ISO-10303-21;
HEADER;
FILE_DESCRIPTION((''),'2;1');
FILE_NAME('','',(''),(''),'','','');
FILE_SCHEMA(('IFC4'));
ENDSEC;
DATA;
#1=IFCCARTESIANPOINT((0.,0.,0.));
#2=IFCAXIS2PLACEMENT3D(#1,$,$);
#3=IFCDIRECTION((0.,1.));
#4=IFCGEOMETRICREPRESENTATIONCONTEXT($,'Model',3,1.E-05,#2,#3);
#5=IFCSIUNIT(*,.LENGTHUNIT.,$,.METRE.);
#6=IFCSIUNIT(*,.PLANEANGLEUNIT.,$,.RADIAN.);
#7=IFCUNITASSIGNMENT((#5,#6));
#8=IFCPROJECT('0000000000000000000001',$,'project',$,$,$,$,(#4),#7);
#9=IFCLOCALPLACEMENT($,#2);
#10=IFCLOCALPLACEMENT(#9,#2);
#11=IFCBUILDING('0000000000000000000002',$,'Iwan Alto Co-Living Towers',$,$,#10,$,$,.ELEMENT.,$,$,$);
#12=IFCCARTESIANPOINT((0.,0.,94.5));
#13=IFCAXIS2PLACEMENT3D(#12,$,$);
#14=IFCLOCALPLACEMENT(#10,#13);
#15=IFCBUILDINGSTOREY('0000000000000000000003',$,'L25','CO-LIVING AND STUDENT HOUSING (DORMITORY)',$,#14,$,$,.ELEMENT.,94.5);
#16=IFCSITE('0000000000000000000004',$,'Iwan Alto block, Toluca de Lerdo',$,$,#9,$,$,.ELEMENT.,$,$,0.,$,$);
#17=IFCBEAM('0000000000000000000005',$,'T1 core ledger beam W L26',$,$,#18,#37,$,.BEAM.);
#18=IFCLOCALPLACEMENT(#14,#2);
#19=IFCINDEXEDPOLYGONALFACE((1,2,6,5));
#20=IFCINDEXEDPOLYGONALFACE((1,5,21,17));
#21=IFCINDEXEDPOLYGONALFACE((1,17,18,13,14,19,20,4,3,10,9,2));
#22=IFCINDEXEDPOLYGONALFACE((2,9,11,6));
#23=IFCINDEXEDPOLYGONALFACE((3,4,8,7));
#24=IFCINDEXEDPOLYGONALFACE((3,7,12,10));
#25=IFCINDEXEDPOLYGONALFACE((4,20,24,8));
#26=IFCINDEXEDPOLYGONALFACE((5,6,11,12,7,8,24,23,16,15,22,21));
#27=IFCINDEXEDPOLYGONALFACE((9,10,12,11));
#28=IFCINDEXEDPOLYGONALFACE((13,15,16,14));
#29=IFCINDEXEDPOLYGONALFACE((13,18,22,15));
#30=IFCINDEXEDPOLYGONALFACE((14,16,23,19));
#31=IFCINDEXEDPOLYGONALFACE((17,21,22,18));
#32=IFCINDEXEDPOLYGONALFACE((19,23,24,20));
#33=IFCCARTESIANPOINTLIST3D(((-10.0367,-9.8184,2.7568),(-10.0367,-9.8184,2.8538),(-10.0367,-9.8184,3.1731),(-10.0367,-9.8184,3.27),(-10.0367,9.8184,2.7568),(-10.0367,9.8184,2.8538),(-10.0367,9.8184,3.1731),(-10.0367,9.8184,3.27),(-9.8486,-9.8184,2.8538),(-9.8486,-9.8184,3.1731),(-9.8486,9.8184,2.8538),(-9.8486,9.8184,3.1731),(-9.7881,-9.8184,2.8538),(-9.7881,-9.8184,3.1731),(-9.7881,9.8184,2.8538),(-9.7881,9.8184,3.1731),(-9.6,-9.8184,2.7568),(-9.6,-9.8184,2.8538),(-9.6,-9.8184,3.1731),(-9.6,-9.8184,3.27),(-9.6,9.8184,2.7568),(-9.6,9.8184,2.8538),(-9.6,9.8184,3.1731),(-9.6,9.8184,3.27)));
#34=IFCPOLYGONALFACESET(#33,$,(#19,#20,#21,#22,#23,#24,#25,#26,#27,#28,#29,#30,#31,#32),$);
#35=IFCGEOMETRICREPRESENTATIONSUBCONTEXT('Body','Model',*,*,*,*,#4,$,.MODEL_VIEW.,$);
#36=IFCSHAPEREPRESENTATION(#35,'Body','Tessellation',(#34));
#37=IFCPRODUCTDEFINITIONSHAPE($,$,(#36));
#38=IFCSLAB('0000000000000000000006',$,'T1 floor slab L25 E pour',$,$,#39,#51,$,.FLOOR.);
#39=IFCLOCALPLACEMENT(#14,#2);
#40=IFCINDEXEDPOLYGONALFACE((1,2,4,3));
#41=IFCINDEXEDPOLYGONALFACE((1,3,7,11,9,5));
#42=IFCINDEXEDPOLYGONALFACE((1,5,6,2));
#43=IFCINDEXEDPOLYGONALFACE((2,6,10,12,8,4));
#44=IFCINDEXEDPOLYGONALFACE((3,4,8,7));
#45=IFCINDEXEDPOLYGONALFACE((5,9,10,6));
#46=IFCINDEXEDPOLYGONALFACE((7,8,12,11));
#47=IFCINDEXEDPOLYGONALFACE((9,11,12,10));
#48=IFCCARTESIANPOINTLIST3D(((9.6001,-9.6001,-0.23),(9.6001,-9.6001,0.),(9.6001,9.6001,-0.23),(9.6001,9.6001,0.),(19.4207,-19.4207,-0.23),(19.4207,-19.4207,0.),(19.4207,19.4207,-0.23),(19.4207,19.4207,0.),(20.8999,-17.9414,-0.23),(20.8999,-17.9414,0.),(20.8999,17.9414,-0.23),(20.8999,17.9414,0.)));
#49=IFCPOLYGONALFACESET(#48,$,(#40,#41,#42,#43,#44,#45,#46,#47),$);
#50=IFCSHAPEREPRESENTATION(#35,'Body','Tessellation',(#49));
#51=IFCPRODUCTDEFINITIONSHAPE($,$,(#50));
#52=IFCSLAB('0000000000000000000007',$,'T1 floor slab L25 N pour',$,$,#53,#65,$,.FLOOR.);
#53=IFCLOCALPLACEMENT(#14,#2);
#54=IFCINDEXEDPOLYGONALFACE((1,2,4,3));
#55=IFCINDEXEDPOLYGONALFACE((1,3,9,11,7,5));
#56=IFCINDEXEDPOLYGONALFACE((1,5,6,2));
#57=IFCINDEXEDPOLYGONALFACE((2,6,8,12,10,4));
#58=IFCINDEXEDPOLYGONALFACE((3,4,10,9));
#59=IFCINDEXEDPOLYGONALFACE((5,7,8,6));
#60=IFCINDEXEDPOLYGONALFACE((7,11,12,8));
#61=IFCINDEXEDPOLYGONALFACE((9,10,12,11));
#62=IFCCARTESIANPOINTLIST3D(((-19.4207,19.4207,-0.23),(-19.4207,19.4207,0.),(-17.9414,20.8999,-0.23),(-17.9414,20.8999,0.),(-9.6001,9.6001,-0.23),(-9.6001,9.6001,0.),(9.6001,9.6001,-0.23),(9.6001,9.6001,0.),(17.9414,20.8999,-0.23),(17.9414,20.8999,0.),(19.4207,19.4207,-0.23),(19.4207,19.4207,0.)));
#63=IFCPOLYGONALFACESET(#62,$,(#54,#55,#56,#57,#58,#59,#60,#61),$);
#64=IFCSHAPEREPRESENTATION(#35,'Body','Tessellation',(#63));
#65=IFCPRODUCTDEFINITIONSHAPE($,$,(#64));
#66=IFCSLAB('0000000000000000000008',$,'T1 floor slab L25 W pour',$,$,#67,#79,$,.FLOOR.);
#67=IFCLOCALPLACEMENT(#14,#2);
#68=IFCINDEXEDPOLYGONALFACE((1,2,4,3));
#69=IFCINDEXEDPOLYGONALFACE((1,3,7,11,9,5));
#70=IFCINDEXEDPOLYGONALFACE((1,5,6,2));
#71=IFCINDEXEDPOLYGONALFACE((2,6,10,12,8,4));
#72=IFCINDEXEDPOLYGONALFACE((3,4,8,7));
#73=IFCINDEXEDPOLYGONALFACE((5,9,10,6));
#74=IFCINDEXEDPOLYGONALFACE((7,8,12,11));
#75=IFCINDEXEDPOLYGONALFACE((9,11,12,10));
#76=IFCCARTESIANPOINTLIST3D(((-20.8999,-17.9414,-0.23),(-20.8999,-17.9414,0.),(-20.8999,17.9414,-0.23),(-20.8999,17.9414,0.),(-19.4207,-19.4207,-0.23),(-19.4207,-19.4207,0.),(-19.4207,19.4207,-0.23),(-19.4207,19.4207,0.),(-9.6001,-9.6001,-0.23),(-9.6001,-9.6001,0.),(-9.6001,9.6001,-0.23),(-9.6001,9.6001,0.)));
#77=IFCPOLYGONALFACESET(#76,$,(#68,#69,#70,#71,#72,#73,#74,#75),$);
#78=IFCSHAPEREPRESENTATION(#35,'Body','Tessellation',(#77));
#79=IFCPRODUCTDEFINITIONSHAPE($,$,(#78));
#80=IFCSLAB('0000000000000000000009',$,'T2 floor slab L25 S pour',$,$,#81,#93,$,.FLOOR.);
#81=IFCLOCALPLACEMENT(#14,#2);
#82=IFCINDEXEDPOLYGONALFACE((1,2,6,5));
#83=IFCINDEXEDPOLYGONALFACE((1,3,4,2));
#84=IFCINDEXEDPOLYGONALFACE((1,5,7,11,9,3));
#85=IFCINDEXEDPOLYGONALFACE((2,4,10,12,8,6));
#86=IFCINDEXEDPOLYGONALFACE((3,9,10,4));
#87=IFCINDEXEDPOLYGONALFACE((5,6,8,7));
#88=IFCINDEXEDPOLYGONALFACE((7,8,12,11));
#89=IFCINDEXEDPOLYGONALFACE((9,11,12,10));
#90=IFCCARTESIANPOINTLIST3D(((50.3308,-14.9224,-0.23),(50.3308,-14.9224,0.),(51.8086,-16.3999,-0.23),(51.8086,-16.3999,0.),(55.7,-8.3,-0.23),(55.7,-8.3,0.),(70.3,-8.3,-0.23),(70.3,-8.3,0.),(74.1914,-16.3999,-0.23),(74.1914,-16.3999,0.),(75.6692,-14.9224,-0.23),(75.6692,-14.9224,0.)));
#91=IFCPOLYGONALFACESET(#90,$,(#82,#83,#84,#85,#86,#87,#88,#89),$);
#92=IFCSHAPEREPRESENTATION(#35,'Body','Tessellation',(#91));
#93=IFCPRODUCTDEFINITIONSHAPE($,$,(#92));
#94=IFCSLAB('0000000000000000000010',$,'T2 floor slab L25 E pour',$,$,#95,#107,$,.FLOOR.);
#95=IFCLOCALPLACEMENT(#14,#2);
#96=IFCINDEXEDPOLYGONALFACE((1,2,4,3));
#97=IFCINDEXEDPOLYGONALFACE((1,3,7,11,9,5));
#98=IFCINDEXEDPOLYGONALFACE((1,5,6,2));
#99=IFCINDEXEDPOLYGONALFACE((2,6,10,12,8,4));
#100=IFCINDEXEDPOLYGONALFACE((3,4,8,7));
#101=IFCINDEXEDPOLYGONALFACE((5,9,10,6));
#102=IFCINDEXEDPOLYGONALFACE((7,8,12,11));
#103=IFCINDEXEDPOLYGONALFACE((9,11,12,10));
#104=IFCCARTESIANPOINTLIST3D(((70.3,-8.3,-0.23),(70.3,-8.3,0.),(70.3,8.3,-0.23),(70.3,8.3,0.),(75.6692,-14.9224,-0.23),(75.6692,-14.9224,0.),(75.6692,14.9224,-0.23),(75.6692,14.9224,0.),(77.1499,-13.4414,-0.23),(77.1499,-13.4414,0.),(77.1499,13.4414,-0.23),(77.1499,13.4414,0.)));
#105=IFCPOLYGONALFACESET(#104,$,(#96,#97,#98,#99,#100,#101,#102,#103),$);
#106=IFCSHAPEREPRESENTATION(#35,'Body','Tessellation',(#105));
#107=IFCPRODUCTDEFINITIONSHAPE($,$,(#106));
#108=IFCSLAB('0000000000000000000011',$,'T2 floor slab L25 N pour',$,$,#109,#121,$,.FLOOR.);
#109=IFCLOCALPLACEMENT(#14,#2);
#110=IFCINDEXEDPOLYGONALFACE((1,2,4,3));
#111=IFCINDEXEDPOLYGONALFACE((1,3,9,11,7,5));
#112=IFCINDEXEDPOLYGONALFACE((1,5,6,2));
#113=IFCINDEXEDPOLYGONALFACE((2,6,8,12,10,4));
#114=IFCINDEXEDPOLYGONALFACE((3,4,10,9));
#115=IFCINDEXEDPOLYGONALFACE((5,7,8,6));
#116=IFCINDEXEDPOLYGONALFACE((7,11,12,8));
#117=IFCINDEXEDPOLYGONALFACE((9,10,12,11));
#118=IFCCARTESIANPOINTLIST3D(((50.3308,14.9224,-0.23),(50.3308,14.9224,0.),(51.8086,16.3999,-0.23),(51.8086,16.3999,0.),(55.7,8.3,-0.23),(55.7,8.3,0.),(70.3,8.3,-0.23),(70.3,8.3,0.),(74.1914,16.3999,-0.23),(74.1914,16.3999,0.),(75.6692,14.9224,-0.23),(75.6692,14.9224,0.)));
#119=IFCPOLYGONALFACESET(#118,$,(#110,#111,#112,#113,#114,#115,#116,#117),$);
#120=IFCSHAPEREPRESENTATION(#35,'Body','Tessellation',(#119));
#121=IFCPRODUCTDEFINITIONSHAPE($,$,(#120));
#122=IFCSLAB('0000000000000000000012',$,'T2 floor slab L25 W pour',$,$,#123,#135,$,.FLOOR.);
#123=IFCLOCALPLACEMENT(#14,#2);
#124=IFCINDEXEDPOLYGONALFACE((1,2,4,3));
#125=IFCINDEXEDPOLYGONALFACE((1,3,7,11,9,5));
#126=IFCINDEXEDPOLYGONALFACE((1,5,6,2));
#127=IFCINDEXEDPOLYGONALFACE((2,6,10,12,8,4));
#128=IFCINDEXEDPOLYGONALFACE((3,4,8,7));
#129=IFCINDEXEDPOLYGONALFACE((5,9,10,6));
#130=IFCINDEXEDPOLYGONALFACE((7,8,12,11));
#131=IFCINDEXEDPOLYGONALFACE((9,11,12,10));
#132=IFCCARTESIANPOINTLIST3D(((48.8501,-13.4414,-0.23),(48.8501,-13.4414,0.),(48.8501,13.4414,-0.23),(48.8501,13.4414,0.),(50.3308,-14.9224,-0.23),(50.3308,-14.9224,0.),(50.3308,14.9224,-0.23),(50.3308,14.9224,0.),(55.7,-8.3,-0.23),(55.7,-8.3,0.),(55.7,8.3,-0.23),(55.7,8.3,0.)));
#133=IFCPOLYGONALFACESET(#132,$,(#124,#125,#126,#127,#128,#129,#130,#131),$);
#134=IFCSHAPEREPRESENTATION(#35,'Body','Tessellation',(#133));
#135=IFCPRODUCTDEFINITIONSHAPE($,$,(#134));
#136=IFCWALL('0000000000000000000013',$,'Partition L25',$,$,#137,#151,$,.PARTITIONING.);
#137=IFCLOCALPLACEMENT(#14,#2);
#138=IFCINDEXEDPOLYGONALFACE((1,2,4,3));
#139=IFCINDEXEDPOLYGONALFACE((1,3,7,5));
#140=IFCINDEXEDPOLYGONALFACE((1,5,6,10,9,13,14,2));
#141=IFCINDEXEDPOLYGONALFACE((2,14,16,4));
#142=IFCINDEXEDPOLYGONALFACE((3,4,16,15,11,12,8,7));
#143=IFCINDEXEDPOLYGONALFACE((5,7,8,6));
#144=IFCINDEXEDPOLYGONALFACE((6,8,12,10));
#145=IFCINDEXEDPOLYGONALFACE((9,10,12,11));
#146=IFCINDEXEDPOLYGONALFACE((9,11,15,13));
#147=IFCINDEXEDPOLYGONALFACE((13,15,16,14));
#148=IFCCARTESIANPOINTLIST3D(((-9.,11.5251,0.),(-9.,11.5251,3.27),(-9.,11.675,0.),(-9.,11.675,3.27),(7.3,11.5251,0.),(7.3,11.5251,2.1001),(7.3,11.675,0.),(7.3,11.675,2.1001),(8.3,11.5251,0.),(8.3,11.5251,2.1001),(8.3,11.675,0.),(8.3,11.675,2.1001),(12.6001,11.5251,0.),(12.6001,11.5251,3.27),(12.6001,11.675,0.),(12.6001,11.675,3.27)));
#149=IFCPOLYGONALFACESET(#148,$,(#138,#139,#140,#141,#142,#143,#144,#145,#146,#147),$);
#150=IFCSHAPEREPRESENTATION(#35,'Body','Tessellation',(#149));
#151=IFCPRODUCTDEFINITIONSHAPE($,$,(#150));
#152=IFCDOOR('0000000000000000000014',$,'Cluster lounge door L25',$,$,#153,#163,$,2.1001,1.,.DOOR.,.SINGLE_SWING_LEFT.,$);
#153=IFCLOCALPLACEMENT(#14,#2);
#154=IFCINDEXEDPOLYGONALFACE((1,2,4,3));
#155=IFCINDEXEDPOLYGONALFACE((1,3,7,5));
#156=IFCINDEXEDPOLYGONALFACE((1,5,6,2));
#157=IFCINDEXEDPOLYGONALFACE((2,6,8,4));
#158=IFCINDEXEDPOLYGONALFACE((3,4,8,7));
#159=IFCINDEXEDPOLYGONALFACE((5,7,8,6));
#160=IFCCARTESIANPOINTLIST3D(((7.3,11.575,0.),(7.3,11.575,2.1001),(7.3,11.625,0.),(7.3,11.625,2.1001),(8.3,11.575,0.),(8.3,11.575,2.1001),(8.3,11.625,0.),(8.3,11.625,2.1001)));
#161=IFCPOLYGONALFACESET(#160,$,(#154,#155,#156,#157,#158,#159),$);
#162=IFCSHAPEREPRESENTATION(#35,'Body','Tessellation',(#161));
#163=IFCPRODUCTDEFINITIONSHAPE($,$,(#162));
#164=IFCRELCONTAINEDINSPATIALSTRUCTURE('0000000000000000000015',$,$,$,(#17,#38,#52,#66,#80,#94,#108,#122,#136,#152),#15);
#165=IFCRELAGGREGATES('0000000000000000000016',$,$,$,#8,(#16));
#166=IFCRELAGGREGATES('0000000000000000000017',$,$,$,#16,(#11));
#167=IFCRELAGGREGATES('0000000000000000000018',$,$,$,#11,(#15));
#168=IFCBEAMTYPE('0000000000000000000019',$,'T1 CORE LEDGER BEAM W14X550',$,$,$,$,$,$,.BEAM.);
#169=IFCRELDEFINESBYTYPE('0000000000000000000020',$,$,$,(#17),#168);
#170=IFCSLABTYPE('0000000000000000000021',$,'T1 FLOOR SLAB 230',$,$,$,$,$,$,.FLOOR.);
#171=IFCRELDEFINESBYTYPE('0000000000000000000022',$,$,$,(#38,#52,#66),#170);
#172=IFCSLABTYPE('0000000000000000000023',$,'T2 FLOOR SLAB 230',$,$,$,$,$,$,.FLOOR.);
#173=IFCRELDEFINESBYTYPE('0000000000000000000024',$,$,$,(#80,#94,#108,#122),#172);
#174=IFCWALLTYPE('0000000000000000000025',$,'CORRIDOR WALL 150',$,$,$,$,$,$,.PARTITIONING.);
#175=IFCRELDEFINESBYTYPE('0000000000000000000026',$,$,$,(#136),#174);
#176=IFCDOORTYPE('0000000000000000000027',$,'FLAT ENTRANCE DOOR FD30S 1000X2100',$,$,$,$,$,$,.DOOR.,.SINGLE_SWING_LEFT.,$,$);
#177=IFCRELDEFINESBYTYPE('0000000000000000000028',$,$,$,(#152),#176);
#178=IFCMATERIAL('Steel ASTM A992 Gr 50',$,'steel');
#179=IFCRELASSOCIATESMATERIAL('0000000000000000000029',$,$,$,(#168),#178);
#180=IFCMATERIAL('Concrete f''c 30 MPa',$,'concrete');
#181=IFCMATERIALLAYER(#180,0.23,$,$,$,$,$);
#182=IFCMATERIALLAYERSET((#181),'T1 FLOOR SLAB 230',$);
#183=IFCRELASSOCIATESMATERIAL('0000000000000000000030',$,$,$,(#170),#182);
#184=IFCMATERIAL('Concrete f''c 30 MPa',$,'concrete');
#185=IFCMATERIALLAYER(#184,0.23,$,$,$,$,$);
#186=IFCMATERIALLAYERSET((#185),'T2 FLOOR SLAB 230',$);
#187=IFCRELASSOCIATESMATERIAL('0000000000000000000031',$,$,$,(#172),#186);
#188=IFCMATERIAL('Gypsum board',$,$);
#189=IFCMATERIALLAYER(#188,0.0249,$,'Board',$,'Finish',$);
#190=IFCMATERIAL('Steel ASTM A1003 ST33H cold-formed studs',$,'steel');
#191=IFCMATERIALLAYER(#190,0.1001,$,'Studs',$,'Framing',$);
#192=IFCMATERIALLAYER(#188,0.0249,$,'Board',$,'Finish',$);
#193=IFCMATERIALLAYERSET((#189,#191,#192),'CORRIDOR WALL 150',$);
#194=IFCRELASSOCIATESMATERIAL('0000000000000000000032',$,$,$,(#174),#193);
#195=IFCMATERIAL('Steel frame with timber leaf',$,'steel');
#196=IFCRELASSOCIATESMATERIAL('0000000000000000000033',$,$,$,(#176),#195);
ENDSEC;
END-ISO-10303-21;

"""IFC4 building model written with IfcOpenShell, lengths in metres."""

from ifc_helpers import new_model, si_unit, direction, frame, frame_2d, origin, origin_2d, place, context, subcontext, project, spatial, polyline, rectangle, i_section, outline, extrude, material, layer, layer_set, material_profile, profile_set, type_object, element, fill, save


model = new_model("IFC4")

# Units and contexts
model_context = context("Model", 3, precision=1e-05, world=origin(), true_north=direction((0.0, 1.0)))
body_context = subcontext(model_context, "Body", "Model", "MODEL_VIEW")
ifc_project = project(units=[si_unit("LENGTHUNIT", "METRE"), si_unit("PLANEANGLEUNIT", "RADIAN")], contexts=[model_context])

# Site, building, storey
site_placement = place(None, origin())
site = spatial("IfcSite", under=ifc_project, at=site_placement, Name="Iwan Alto block, Toluca de Lerdo", CompositionType="ELEMENT", RefElevation=0.0)
building_placement = place(site_placement, origin())
building = spatial("IfcBuilding", under=site, at=building_placement, Name="Iwan Alto Co-Living Towers", CompositionType="ELEMENT")
storey_placement = place(building_placement, frame((0.0, 0.0, 94.5)))
storey = spatial("IfcBuildingStorey", under=building, at=storey_placement, Name="L25", Description="CO-LIVING AND STUDENT HOUSING (DORMITORY)", CompositionType="ELEMENT", Elevation=94.5)

# Beam
ifc_material_1 = material(Name="Steel ASTM A992 Gr 50", Category="steel")
ifc_material_profile = material_profile(ifc_material_1, i_section(OverallWidth=0.4368, OverallDepth=0.5132, WebThickness=0.0605, FlangeThickness=0.0969, at=origin_2d()), Name="W14X550")
ifc_profile_set = profile_set([ifc_material_profile], Name="Steel ASTM A992 Gr 50")
beam_type = type_object("IfcBeamType", Name="T1 CORE LEDGER BEAM W14X550", PredefinedType="BEAM", material=ifc_profile_set)
beam_placement = place(storey_placement, frame((-9.8184, 9.8184, 3.0134), z_axis=(0.0, -1.0, 0.0), x_axis=(1.0, 0.0, 0.0)))
element("IfcBeam", 1, at=beam_placement, inside=storey, type_object=beam_type, Name="T1 core ledger beam W L26", PredefinedType="BEAM", context=body_context, shape_type="SweptSolid", body=[
    extrude(i_section(OverallWidth=0.4368, OverallDepth=0.5132, WebThickness=0.0605, FlangeThickness=0.0969, at=origin_2d()), origin(), (0.0, 0.0, 1.0), 19.6367),
])

# Slabs
ifc_material_2 = material(Name="Concrete f'c 30 MPa", Category="concrete")
ifc_layer_1 = layer(ifc_material_2, 0.23)
ifc_layer_set_1 = layer_set([ifc_layer_1], Name="T1 FLOOR SLAB 230")
slab_type_1 = type_object("IfcSlabType", Name="T1 FLOOR SLAB 230", PredefinedType="FLOOR", material=ifc_layer_set_1)
slab_1_placement = place(storey_placement, frame((0.0, 0.0, -0.23)))
element("IfcSlab", 2, at=slab_1_placement, inside=storey, type_object=slab_type_1, Name="T1 floor slab L25 E pour", PredefinedType="FLOOR", context=body_context, shape_type="SweptSolid", body=[
    extrude(outline(polyline([(20.8999, 17.9414), (20.8999, -17.9414), (19.4207, -19.4207), (9.6001, -9.6001), (9.6001, 9.6001), (19.4207, 19.4207), (20.8999, 17.9414)])), origin(), (0.0, 0.0, 1.0), 0.23),
])
slab_2_placement = place(storey_placement, frame((0.0, 0.0, -0.23)))
element("IfcSlab", 3, at=slab_2_placement, inside=storey, type_object=slab_type_1, Name="T1 floor slab L25 N pour", PredefinedType="FLOOR", context=body_context, shape_type="SweptSolid", body=[
    extrude(outline(polyline([(-17.9414, 20.8999), (17.9414, 20.8999), (19.4207, 19.4207), (9.6001, 9.6001), (-9.6001, 9.6001), (-19.4207, 19.4207), (-17.9414, 20.8999)])), origin(), (0.0, 0.0, 1.0), 0.23),
])
slab_3_placement = place(storey_placement, frame((0.0, 0.0, -0.23)))
element("IfcSlab", 4, at=slab_3_placement, inside=storey, type_object=slab_type_1, Name="T1 floor slab L25 W pour", PredefinedType="FLOOR", context=body_context, shape_type="SweptSolid", body=[
    extrude(outline(polyline([(-20.8999, 17.9414), (-19.4207, 19.4207), (-9.6001, 9.6001), (-9.6001, -9.6001), (-19.4207, -19.4207), (-20.8999, -17.9414), (-20.8999, 17.9414)])), origin(), (0.0, 0.0, 1.0), 0.23),
])
ifc_material_3 = material(Name="Concrete f'c 30 MPa", Category="concrete")
ifc_layer_2 = layer(ifc_material_3, 0.23)
ifc_layer_set_2 = layer_set([ifc_layer_2], Name="T2 FLOOR SLAB 230")
slab_type_2 = type_object("IfcSlabType", Name="T2 FLOOR SLAB 230", PredefinedType="FLOOR", material=ifc_layer_set_2)
slab_4_placement = place(storey_placement, frame((0.0, 0.0, -0.23)))
element("IfcSlab", 5, at=slab_4_placement, inside=storey, type_object=slab_type_2, Name="T2 floor slab L25 S pour", PredefinedType="FLOOR", context=body_context, shape_type="SweptSolid", body=[
    extrude(outline(polyline([(74.1914, -16.3999), (51.8086, -16.3999), (50.3308, -14.9224), (55.7, -8.3), (70.3, -8.3), (75.6692, -14.9224), (74.1914, -16.3999)])), origin(), (0.0, 0.0, 1.0), 0.23),
])
slab_5_placement = place(storey_placement, frame((0.0, 0.0, -0.23)))
element("IfcSlab", 6, at=slab_5_placement, inside=storey, type_object=slab_type_2, Name="T2 floor slab L25 E pour", PredefinedType="FLOOR", context=body_context, shape_type="SweptSolid", body=[
    extrude(outline(polyline([(77.1499, 13.4414), (77.1499, -13.4414), (75.6692, -14.9224), (70.3, -8.3), (70.3, 8.3), (75.6692, 14.9224), (77.1499, 13.4414)])), origin(), (0.0, 0.0, 1.0), 0.23),
])
slab_6_placement = place(storey_placement, frame((0.0, 0.0, -0.23)))
element("IfcSlab", 7, at=slab_6_placement, inside=storey, type_object=slab_type_2, Name="T2 floor slab L25 N pour", PredefinedType="FLOOR", context=body_context, shape_type="SweptSolid", body=[
    extrude(outline(polyline([(51.8086, 16.3999), (74.1914, 16.3999), (75.6692, 14.9224), (70.3, 8.3), (55.7, 8.3), (50.3308, 14.9224), (51.8086, 16.3999)])), origin(), (0.0, 0.0, 1.0), 0.23),
])
slab_7_placement = place(storey_placement, frame((0.0, 0.0, -0.23)))
element("IfcSlab", 8, at=slab_7_placement, inside=storey, type_object=slab_type_2, Name="T2 floor slab L25 W pour", PredefinedType="FLOOR", context=body_context, shape_type="SweptSolid", body=[
    extrude(outline(polyline([(48.8501, 13.4414), (50.3308, 14.9224), (55.7, 8.3), (55.7, -8.3), (50.3308, -14.9224), (48.8501, -13.4414), (48.8501, 13.4414)])), origin(), (0.0, 0.0, 1.0), 0.23),
])

# Wall, opening, door
ifc_material_4 = material(Name="Gypsum board")
ifc_layer_3 = layer(ifc_material_4, 0.0249, Name="Board", Category="Finish")
ifc_material_5 = material(Name="Steel ASTM A1003 ST33H cold-formed studs", Category="steel")
ifc_layer_4 = layer(ifc_material_5, 0.1001, Name="Studs", Category="Framing")
ifc_layer_5 = layer(ifc_material_4, 0.0249, Name="Board", Category="Finish")
ifc_layer_set_3 = layer_set([ifc_layer_3, ifc_layer_4, ifc_layer_5], Name="CORRIDOR WALL 150")
wall_type_1 = type_object("IfcWallType", Name="CORRIDOR WALL 150", PredefinedType="PARTITIONING", material=ifc_layer_set_3)
wall_1_placement = place(storey_placement, frame((-9.0, 11.6001, 0.0), z_axis=(0.0, 0.0, 1.0), x_axis=(1.0, 0.0, 0.0)))
wall_1 = element("IfcWall", 9, at=wall_1_placement, inside=storey, type_object=wall_type_1, Name="Partition L25", PredefinedType="PARTITIONING", context=body_context, shape_type="SweptSolid", body=[
    extrude(rectangle(XDim=21.6001, YDim=0.1499, at=frame_2d((10.8, 0.0))), origin(), (0.0, 0.0, 1.0), 3.27),
])
opening_1_placement = place(wall_1_placement, frame((16.3, 0.0, 0.0)))
opening_1 = element("IfcOpeningElement", 10, at=opening_1_placement, cuts=wall_1, PredefinedType="OPENING", context=body_context, shape_type="SweptSolid", body=[
    extrude(rectangle(XDim=1.0, YDim=2.1001, at=frame_2d((0.5, 1.05))), frame((0.0, 0.085, 0.0), z_axis=(0.0, -1.0, 0.0), x_axis=(1.0, 0.0, 0.0)), (0.0, 0.0, 1.0), 0.1699),
])
ifc_material_6 = material(Name="Steel frame with timber leaf", Category="steel")
door_type_1 = type_object("IfcDoorType", Name="FLAT ENTRANCE DOOR FD30S 1000X2100", OperationType="SINGLE_SWING_LEFT", PredefinedType="DOOR", material=ifc_material_6)
door_1_placement = place(opening_1_placement, origin())
door_1 = element("IfcDoor", 11, at=door_1_placement, inside=storey, type_object=door_type_1, Name="Cluster lounge door L25", OperationType="SINGLE_SWING_LEFT", OverallHeight=2.1001, OverallWidth=1.0, PredefinedType="DOOR", context=body_context, shape_type="SweptSolid", body=[
    extrude(rectangle(XDim=1.0, YDim=2.1001, at=frame_2d((0.5, 1.05))), frame((0.0, 0.0249, 0.0), z_axis=(0.0, -1.0, 0.0), x_axis=(1.0, 0.0, 0.0)), (0.0, 0.0, 1.0), 0.05),
])
fill(opening_1, door_1)

save(model, "model.ifc")
